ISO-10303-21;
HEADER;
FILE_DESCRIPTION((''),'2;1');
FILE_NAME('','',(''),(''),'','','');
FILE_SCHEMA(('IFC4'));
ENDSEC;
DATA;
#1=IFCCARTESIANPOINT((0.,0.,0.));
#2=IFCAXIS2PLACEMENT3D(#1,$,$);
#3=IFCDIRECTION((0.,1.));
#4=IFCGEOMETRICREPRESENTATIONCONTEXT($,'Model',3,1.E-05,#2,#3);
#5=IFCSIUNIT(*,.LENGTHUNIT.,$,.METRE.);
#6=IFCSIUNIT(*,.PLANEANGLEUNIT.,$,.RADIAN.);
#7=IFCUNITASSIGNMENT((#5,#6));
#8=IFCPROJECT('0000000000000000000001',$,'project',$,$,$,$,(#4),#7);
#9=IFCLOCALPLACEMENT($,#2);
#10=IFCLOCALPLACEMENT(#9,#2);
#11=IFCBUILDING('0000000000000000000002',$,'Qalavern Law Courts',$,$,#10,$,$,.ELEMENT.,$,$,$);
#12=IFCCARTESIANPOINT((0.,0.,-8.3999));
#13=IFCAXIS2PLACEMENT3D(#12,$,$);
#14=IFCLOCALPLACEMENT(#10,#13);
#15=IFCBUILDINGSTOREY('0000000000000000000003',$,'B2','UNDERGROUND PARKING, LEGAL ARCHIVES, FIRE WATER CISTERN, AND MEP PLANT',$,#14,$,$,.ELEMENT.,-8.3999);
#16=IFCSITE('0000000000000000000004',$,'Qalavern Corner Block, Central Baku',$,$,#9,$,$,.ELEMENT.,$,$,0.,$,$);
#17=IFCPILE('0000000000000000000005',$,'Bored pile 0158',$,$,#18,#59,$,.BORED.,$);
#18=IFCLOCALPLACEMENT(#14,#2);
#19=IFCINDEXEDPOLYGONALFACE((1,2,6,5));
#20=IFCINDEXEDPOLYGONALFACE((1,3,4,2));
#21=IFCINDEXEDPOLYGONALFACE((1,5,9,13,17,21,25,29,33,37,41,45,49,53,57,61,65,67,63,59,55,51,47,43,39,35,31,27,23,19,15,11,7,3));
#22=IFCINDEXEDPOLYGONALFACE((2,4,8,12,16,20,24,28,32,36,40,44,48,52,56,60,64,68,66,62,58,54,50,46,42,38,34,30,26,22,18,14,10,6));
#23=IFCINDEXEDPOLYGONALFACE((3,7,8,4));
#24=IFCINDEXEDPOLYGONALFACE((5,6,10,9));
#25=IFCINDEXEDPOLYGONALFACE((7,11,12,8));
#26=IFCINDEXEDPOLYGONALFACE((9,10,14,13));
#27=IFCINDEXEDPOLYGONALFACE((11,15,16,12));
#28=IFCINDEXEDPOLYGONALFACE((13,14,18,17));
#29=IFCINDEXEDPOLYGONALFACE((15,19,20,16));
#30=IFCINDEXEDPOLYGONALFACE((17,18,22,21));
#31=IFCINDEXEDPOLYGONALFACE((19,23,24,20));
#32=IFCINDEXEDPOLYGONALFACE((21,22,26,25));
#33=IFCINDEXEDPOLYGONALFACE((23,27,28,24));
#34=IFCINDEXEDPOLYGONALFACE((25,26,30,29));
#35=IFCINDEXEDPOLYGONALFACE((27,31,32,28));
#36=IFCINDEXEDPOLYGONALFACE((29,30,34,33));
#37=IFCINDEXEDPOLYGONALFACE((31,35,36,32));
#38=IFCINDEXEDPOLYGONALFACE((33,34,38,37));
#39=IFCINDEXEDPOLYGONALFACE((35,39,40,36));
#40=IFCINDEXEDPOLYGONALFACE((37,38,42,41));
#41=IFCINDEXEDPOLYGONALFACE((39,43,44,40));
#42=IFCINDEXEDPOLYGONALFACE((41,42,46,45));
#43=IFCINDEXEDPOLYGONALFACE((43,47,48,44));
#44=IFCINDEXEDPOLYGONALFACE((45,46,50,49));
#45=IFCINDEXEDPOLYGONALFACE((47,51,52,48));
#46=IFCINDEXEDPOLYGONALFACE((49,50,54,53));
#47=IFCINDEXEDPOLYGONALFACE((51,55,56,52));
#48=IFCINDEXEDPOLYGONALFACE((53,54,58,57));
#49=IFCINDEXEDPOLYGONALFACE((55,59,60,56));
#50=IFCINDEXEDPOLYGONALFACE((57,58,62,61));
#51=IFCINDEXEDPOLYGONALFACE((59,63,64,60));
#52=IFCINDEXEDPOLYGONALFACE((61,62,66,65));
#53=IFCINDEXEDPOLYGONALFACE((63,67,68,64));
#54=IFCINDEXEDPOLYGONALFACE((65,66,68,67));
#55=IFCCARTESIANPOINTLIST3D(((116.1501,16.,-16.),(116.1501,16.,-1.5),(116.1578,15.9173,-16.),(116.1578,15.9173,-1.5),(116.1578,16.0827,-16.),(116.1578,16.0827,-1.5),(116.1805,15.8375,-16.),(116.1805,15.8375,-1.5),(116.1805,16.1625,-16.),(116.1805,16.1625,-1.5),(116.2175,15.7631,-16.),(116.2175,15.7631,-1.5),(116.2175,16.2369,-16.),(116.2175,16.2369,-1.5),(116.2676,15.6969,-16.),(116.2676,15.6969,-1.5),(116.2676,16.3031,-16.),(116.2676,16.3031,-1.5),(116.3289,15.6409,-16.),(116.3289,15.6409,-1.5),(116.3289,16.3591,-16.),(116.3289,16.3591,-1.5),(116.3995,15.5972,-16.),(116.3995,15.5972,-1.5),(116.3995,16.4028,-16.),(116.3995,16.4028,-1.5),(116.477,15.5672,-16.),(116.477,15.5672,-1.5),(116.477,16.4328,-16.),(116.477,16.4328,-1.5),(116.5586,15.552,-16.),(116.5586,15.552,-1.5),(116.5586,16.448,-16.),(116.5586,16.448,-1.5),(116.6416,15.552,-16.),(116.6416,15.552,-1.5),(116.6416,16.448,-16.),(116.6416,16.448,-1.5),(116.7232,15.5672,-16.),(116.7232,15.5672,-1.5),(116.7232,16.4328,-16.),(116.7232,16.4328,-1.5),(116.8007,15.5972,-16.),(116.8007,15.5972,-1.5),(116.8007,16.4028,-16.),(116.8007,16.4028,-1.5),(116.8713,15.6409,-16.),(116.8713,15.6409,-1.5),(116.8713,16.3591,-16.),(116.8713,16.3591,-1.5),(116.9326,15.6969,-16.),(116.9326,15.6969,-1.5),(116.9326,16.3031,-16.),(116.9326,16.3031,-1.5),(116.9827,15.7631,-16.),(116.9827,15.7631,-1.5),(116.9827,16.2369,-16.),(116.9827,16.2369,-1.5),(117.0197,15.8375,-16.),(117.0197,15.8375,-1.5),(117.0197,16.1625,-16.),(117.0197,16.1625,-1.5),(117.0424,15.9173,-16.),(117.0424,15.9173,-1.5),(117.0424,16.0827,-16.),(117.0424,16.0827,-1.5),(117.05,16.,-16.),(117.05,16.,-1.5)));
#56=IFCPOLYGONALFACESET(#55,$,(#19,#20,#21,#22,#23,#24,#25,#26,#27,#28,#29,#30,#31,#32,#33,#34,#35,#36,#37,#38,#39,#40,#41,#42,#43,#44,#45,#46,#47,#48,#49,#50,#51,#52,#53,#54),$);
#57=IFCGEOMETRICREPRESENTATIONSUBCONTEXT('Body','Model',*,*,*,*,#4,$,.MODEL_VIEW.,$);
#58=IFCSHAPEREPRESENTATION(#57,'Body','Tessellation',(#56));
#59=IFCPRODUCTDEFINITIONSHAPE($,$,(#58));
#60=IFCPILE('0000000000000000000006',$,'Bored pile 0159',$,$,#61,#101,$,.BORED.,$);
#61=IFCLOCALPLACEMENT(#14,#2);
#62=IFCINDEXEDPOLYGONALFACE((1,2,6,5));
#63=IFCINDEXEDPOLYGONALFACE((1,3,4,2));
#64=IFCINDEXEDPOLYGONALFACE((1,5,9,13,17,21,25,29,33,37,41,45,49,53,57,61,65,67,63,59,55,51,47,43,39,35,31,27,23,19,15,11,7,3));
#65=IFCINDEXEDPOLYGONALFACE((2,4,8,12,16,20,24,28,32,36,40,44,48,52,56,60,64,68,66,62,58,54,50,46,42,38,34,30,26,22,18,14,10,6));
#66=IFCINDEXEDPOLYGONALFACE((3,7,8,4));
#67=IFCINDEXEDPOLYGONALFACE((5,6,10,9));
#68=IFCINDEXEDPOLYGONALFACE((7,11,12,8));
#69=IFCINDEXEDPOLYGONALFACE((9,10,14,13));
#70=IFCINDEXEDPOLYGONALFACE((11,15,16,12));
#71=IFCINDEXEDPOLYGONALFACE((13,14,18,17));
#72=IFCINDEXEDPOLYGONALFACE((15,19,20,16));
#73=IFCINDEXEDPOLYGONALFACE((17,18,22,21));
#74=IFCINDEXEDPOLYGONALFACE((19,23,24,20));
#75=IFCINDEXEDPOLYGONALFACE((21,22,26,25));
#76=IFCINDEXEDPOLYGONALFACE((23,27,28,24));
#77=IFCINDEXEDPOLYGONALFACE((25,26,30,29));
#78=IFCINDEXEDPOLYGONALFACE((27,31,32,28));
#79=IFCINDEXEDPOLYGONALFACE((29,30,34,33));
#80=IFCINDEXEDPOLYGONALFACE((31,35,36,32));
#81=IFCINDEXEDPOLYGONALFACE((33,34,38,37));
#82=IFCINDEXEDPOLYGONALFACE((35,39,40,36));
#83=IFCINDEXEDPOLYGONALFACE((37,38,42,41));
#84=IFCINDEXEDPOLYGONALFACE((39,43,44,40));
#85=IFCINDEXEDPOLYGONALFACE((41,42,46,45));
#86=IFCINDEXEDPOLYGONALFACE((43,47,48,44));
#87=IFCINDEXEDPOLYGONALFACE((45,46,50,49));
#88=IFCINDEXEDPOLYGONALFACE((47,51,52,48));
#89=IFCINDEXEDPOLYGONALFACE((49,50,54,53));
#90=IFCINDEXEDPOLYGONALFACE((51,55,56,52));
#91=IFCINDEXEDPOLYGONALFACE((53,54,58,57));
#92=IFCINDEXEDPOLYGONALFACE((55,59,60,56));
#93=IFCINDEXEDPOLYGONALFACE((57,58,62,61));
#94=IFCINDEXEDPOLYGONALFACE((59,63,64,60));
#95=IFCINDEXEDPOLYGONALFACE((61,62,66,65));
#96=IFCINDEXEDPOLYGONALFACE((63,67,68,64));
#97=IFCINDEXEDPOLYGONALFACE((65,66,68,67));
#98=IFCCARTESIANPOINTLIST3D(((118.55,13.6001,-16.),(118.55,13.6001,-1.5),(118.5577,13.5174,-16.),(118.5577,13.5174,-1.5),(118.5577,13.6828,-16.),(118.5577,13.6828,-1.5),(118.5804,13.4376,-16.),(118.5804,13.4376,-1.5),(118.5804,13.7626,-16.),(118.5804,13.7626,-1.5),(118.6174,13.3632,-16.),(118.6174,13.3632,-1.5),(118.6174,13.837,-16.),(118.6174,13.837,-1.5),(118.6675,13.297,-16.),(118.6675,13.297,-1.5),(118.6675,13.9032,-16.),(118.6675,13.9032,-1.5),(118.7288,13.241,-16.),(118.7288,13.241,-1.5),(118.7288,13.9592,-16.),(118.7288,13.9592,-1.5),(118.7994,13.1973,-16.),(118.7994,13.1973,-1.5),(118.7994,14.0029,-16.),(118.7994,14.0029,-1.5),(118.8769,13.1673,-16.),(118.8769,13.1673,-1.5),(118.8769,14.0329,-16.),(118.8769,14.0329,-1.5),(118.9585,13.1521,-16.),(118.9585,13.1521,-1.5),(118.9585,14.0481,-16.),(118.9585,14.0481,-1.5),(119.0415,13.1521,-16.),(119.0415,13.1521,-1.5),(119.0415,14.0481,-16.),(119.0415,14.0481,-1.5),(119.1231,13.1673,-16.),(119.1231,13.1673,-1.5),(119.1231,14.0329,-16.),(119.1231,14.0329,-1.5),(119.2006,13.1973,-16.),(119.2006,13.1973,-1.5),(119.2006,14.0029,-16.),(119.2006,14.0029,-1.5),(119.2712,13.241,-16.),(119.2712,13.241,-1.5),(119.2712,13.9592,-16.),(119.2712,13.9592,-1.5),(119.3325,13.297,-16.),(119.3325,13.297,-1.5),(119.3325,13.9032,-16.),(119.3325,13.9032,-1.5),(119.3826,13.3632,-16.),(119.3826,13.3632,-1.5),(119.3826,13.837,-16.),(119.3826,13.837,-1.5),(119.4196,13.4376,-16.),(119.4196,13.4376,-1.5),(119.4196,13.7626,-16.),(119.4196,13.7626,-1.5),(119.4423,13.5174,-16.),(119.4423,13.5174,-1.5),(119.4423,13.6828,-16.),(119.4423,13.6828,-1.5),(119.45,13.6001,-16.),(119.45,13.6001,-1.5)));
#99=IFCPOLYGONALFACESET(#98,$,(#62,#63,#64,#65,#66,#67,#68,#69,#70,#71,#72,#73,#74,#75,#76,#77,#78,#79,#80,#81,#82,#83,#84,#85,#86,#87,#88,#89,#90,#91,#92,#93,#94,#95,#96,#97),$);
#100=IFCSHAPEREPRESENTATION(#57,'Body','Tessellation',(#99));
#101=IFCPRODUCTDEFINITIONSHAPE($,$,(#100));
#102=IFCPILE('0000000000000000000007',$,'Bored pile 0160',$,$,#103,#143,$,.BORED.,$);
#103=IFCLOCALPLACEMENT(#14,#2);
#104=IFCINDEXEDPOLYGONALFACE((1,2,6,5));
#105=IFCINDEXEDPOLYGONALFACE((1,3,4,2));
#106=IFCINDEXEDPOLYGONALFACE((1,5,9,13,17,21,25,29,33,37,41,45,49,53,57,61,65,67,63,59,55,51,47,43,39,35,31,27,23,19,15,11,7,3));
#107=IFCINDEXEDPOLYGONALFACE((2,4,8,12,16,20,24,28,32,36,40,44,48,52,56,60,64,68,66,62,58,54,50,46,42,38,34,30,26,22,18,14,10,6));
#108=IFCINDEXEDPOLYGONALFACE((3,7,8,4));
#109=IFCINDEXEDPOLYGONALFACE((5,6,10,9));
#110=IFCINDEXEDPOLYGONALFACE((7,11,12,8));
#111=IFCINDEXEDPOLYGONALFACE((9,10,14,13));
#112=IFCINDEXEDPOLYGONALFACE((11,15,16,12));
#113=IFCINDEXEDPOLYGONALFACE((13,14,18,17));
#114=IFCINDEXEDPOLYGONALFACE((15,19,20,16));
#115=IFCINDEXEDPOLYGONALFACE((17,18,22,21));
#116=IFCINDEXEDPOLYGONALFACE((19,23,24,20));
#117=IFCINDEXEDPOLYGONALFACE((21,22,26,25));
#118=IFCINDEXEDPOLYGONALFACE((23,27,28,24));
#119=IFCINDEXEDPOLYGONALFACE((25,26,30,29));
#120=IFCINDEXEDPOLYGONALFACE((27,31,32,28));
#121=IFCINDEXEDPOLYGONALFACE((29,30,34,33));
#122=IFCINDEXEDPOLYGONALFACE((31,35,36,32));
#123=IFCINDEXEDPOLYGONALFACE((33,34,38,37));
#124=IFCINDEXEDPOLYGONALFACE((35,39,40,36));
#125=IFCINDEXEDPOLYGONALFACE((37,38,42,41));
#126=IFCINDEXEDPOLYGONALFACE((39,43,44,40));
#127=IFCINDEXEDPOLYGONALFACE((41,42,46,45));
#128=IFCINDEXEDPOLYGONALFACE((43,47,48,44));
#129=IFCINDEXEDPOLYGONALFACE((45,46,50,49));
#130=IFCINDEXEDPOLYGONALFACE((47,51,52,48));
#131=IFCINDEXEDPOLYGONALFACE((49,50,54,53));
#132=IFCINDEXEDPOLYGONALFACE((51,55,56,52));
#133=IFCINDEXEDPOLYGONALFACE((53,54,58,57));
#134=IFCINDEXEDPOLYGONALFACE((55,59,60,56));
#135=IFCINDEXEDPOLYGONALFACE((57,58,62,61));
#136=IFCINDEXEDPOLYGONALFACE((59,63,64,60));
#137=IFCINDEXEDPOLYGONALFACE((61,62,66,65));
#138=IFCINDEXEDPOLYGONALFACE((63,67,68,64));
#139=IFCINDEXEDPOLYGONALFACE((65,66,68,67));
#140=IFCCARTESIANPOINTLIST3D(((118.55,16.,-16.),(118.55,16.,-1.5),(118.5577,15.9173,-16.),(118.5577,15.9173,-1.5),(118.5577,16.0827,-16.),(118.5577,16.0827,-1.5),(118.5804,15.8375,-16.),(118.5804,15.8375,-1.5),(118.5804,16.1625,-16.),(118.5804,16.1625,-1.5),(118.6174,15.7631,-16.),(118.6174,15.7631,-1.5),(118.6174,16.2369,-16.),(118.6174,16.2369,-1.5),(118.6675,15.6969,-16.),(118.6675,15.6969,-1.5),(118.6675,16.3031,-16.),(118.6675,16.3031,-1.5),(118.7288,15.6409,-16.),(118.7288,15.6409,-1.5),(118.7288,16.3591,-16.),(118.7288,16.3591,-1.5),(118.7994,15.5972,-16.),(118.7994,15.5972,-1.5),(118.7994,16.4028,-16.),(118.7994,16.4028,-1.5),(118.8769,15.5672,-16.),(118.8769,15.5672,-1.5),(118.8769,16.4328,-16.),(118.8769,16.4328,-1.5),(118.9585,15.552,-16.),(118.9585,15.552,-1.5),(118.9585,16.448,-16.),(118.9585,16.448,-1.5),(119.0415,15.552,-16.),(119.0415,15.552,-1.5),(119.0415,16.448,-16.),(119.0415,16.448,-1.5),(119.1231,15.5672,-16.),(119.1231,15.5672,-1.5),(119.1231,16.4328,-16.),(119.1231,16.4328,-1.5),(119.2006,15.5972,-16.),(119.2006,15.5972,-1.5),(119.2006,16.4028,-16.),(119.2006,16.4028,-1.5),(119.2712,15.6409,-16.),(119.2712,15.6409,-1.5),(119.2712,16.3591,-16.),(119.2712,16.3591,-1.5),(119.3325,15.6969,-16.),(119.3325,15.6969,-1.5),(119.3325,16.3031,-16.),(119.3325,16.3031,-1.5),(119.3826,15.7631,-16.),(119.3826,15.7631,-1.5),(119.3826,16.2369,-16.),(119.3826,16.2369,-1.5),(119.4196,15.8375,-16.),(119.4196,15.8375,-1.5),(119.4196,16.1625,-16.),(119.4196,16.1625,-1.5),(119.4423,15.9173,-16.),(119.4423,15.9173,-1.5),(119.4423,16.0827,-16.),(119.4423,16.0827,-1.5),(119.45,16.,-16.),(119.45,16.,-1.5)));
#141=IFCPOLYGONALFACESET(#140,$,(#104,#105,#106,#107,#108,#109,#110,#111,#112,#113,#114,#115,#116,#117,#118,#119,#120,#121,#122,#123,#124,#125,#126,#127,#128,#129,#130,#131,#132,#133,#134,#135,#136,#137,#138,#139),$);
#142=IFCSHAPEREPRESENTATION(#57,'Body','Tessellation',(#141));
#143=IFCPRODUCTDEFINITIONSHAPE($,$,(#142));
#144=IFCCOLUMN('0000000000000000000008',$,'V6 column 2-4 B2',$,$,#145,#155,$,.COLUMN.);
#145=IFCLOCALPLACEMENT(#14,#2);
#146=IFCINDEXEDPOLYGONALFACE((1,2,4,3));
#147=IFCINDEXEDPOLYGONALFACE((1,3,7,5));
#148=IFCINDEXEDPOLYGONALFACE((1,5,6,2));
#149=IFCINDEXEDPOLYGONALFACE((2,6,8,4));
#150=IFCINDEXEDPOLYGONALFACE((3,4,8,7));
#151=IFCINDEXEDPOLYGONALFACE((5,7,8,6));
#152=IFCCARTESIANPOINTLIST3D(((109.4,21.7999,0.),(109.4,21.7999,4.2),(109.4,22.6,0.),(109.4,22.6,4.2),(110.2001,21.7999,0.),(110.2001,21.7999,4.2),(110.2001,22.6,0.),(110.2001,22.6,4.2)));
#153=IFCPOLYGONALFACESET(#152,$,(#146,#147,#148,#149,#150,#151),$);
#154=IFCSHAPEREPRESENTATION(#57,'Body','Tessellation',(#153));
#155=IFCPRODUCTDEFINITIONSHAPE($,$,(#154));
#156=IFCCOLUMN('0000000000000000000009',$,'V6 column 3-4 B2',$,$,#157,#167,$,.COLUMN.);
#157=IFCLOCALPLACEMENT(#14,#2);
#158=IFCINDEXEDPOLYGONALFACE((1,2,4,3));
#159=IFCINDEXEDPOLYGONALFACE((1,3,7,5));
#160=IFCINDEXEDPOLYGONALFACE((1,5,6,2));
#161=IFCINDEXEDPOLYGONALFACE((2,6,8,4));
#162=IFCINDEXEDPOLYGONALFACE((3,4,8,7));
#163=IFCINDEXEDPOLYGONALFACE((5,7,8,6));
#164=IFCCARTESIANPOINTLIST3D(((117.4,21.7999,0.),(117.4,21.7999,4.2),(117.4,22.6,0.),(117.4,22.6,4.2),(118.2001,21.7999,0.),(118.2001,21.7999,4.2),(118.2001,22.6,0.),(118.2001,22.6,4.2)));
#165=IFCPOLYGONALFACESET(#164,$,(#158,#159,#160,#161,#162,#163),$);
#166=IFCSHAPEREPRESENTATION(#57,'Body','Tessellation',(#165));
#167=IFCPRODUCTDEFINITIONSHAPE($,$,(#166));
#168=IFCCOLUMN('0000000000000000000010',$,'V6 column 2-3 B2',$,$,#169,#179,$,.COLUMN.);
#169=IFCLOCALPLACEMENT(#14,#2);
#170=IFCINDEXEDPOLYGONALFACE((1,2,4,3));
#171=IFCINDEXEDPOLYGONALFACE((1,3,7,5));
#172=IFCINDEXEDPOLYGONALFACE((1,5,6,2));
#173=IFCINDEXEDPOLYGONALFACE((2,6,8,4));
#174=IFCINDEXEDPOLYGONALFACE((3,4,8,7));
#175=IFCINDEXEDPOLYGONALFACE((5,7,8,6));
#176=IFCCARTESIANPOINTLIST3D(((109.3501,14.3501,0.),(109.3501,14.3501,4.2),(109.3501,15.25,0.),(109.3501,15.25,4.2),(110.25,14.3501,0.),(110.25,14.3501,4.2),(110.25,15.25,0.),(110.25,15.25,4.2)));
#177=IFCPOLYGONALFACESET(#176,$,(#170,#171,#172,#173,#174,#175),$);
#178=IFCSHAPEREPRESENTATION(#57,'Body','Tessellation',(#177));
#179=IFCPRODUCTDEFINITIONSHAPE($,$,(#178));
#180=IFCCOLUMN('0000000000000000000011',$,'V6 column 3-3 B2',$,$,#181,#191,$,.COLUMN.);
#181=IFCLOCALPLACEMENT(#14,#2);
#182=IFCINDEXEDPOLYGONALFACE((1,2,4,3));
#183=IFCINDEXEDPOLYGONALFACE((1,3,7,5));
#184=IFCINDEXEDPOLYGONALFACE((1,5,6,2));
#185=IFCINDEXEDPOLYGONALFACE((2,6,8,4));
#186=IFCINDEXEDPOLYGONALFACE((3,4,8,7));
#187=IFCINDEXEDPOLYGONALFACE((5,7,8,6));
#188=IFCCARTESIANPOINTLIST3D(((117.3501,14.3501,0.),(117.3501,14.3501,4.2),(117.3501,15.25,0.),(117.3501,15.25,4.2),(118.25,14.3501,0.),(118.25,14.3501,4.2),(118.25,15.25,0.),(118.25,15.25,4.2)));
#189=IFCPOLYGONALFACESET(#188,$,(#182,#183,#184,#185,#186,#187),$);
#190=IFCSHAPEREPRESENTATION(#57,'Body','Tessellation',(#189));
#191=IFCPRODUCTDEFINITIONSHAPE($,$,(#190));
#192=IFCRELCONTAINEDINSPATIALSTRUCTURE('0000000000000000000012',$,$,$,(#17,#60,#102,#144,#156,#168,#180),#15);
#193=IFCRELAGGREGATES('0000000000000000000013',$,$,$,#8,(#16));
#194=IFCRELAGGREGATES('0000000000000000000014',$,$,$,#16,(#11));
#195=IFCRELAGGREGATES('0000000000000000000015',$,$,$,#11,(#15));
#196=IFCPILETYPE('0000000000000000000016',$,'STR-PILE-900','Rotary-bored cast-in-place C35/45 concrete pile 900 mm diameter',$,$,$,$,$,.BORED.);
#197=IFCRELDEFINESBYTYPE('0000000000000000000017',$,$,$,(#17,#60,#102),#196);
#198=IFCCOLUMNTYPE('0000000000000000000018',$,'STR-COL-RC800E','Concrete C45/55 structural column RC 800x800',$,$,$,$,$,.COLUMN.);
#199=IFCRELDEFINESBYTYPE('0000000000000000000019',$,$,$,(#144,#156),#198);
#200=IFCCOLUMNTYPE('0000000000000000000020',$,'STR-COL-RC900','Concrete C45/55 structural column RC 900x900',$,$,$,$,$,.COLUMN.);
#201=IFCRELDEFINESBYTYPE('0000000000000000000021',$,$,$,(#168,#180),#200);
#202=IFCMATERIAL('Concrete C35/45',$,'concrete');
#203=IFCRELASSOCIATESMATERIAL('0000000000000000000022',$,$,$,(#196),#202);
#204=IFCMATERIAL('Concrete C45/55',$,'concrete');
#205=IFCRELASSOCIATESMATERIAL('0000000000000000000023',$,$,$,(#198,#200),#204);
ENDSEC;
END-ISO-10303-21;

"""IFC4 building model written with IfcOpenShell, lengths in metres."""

from ifc_helpers import new_model, si_unit, direction, frame, origin, origin_2d, place, context, subcontext, project, spatial, rectangle, circle, extrude, material, material_profile, profile_set, type_object, element, save


model = new_model("IFC4")

# Units and contexts
model_context = context("Model", 3, precision=1e-05, world=origin(), true_north=direction((0.0, 1.0)))
body_context = subcontext(model_context, "Body", "Model", "MODEL_VIEW")
ifc_project = project(units=[si_unit("LENGTHUNIT", "METRE"), si_unit("PLANEANGLEUNIT", "RADIAN")], contexts=[model_context])

# Site, building, storey
site_placement = place(None, origin())
site = spatial("IfcSite", under=ifc_project, at=site_placement, Name="Qalavern Corner Block, Central Baku", CompositionType="ELEMENT", RefElevation=0.0)
building_placement = place(site_placement, origin())
building = spatial("IfcBuilding", under=site, at=building_placement, Name="Qalavern Law Courts", CompositionType="ELEMENT")
storey_placement = place(building_placement, frame((0.0, 0.0, -8.3999)))
storey = spatial("IfcBuildingStorey", under=building, at=storey_placement, Name="B2", Description="UNDERGROUND PARKING, LEGAL ARCHIVES, FIRE WATER CISTERN, AND MEP PLANT", CompositionType="ELEMENT", Elevation=-8.3999)

# Shared definitions
ifc_material_1 = material(Name="Concrete C35/45", Category="concrete")

# Piles
ifc_material_profile_1 = material_profile(ifc_material_1, circle(Radius=0.45, at=origin_2d()), Name="BORED PILE 900")
ifc_profile_set_1 = profile_set([ifc_material_profile_1], Name="Concrete C35/45")
pile_type_1 = type_object("IfcPileType", Name="STR-PILE-900", Description="Rotary-bored cast-in-place C35/45 concrete pile 900 mm diameter", PredefinedType="BORED", material=ifc_profile_set_1)
for number, where, z_axis, x_axis, name in (
    (1, (116.6001, 16.0, -1.5), (0.0, 0.0, -1.0), (1.0, 0.0, 0.0), "Bored pile 0158"),
    (2, (119.0, 13.6001, -1.5), (0.0, 0.0, -1.0), (1.0, 0.0, 0.0), "Bored pile 0159"),
    (3, (119.0, 16.0, -1.5), (0.0, 0.0, -1.0), (1.0, 0.0, 0.0), "Bored pile 0160"),
):
    element("IfcPile", number, at=place(storey_placement, frame(where, z_axis=z_axis, x_axis=x_axis)), inside=storey, type_object=pile_type_1, Name=name, PredefinedType="BORED", context=body_context, shape_type="SweptSolid", body=[
        extrude(circle(Radius=0.45, at=origin_2d()), origin(), (0.0, 0.0, 1.0), 14.5),
    ])

# Columns
ifc_material_2 = material(Name="Concrete C45/55", Category="concrete")
ifc_material_profile_2 = material_profile(ifc_material_2, rectangle(XDim=0.8, YDim=0.8, at=origin_2d()), Name="RC 800x800")
ifc_profile_set_2 = profile_set([ifc_material_profile_2], Name="Concrete C45/55")
column_type_1 = type_object("IfcColumnType", Name="STR-COL-RC800E", Description="Concrete C45/55 structural column RC 800x800", PredefinedType="COLUMN", material=ifc_profile_set_2)
for number, where, z_axis, x_axis, name in (
    (4, (109.8, 22.2, 0.0), (0.0, 0.0, 1.0), (1.0, 0.0, 0.0), "V6 column 2-4 B2"),
    (5, (117.8, 22.2, 0.0), (0.0, 0.0, 1.0), (1.0, 0.0, 0.0), "V6 column 3-4 B2"),
):
    element("IfcColumn", number, at=place(storey_placement, frame(where, z_axis=z_axis, x_axis=x_axis)), inside=storey, type_object=column_type_1, Name=name, PredefinedType="COLUMN", context=body_context, shape_type="SweptSolid", body=[
        extrude(rectangle(XDim=0.8, YDim=0.8, at=origin_2d()), origin(), (0.0, 0.0, 1.0), 4.2),
    ])
ifc_material_profile_3 = material_profile(ifc_material_2, rectangle(XDim=0.8999, YDim=0.8999, at=origin_2d()), Name="RC 900x900")
ifc_profile_set_3 = profile_set([ifc_material_profile_3], Name="Concrete C45/55")
column_type_2 = type_object("IfcColumnType", Name="STR-COL-RC900", Description="Concrete C45/55 structural column RC 900x900", PredefinedType="COLUMN", material=ifc_profile_set_3)
for number, where, z_axis, x_axis, name in (
    (6, (109.8, 14.8, 0.0), (0.0, 0.0, 1.0), (1.0, 0.0, 0.0), "V6 column 2-3 B2"),
    (7, (117.8, 14.8, 0.0), (0.0, 0.0, 1.0), (1.0, 0.0, 0.0), "V6 column 3-3 B2"),
):
    element("IfcColumn", number, at=place(storey_placement, frame(where, z_axis=z_axis, x_axis=x_axis)), inside=storey, type_object=column_type_2, Name=name, PredefinedType="COLUMN", context=body_context, shape_type="SweptSolid", body=[
        extrude(rectangle(XDim=0.8999, YDim=0.8999, at=origin_2d()), origin(), (0.0, 0.0, 1.0), 4.2),
    ])

save(model, "model.ifc")
